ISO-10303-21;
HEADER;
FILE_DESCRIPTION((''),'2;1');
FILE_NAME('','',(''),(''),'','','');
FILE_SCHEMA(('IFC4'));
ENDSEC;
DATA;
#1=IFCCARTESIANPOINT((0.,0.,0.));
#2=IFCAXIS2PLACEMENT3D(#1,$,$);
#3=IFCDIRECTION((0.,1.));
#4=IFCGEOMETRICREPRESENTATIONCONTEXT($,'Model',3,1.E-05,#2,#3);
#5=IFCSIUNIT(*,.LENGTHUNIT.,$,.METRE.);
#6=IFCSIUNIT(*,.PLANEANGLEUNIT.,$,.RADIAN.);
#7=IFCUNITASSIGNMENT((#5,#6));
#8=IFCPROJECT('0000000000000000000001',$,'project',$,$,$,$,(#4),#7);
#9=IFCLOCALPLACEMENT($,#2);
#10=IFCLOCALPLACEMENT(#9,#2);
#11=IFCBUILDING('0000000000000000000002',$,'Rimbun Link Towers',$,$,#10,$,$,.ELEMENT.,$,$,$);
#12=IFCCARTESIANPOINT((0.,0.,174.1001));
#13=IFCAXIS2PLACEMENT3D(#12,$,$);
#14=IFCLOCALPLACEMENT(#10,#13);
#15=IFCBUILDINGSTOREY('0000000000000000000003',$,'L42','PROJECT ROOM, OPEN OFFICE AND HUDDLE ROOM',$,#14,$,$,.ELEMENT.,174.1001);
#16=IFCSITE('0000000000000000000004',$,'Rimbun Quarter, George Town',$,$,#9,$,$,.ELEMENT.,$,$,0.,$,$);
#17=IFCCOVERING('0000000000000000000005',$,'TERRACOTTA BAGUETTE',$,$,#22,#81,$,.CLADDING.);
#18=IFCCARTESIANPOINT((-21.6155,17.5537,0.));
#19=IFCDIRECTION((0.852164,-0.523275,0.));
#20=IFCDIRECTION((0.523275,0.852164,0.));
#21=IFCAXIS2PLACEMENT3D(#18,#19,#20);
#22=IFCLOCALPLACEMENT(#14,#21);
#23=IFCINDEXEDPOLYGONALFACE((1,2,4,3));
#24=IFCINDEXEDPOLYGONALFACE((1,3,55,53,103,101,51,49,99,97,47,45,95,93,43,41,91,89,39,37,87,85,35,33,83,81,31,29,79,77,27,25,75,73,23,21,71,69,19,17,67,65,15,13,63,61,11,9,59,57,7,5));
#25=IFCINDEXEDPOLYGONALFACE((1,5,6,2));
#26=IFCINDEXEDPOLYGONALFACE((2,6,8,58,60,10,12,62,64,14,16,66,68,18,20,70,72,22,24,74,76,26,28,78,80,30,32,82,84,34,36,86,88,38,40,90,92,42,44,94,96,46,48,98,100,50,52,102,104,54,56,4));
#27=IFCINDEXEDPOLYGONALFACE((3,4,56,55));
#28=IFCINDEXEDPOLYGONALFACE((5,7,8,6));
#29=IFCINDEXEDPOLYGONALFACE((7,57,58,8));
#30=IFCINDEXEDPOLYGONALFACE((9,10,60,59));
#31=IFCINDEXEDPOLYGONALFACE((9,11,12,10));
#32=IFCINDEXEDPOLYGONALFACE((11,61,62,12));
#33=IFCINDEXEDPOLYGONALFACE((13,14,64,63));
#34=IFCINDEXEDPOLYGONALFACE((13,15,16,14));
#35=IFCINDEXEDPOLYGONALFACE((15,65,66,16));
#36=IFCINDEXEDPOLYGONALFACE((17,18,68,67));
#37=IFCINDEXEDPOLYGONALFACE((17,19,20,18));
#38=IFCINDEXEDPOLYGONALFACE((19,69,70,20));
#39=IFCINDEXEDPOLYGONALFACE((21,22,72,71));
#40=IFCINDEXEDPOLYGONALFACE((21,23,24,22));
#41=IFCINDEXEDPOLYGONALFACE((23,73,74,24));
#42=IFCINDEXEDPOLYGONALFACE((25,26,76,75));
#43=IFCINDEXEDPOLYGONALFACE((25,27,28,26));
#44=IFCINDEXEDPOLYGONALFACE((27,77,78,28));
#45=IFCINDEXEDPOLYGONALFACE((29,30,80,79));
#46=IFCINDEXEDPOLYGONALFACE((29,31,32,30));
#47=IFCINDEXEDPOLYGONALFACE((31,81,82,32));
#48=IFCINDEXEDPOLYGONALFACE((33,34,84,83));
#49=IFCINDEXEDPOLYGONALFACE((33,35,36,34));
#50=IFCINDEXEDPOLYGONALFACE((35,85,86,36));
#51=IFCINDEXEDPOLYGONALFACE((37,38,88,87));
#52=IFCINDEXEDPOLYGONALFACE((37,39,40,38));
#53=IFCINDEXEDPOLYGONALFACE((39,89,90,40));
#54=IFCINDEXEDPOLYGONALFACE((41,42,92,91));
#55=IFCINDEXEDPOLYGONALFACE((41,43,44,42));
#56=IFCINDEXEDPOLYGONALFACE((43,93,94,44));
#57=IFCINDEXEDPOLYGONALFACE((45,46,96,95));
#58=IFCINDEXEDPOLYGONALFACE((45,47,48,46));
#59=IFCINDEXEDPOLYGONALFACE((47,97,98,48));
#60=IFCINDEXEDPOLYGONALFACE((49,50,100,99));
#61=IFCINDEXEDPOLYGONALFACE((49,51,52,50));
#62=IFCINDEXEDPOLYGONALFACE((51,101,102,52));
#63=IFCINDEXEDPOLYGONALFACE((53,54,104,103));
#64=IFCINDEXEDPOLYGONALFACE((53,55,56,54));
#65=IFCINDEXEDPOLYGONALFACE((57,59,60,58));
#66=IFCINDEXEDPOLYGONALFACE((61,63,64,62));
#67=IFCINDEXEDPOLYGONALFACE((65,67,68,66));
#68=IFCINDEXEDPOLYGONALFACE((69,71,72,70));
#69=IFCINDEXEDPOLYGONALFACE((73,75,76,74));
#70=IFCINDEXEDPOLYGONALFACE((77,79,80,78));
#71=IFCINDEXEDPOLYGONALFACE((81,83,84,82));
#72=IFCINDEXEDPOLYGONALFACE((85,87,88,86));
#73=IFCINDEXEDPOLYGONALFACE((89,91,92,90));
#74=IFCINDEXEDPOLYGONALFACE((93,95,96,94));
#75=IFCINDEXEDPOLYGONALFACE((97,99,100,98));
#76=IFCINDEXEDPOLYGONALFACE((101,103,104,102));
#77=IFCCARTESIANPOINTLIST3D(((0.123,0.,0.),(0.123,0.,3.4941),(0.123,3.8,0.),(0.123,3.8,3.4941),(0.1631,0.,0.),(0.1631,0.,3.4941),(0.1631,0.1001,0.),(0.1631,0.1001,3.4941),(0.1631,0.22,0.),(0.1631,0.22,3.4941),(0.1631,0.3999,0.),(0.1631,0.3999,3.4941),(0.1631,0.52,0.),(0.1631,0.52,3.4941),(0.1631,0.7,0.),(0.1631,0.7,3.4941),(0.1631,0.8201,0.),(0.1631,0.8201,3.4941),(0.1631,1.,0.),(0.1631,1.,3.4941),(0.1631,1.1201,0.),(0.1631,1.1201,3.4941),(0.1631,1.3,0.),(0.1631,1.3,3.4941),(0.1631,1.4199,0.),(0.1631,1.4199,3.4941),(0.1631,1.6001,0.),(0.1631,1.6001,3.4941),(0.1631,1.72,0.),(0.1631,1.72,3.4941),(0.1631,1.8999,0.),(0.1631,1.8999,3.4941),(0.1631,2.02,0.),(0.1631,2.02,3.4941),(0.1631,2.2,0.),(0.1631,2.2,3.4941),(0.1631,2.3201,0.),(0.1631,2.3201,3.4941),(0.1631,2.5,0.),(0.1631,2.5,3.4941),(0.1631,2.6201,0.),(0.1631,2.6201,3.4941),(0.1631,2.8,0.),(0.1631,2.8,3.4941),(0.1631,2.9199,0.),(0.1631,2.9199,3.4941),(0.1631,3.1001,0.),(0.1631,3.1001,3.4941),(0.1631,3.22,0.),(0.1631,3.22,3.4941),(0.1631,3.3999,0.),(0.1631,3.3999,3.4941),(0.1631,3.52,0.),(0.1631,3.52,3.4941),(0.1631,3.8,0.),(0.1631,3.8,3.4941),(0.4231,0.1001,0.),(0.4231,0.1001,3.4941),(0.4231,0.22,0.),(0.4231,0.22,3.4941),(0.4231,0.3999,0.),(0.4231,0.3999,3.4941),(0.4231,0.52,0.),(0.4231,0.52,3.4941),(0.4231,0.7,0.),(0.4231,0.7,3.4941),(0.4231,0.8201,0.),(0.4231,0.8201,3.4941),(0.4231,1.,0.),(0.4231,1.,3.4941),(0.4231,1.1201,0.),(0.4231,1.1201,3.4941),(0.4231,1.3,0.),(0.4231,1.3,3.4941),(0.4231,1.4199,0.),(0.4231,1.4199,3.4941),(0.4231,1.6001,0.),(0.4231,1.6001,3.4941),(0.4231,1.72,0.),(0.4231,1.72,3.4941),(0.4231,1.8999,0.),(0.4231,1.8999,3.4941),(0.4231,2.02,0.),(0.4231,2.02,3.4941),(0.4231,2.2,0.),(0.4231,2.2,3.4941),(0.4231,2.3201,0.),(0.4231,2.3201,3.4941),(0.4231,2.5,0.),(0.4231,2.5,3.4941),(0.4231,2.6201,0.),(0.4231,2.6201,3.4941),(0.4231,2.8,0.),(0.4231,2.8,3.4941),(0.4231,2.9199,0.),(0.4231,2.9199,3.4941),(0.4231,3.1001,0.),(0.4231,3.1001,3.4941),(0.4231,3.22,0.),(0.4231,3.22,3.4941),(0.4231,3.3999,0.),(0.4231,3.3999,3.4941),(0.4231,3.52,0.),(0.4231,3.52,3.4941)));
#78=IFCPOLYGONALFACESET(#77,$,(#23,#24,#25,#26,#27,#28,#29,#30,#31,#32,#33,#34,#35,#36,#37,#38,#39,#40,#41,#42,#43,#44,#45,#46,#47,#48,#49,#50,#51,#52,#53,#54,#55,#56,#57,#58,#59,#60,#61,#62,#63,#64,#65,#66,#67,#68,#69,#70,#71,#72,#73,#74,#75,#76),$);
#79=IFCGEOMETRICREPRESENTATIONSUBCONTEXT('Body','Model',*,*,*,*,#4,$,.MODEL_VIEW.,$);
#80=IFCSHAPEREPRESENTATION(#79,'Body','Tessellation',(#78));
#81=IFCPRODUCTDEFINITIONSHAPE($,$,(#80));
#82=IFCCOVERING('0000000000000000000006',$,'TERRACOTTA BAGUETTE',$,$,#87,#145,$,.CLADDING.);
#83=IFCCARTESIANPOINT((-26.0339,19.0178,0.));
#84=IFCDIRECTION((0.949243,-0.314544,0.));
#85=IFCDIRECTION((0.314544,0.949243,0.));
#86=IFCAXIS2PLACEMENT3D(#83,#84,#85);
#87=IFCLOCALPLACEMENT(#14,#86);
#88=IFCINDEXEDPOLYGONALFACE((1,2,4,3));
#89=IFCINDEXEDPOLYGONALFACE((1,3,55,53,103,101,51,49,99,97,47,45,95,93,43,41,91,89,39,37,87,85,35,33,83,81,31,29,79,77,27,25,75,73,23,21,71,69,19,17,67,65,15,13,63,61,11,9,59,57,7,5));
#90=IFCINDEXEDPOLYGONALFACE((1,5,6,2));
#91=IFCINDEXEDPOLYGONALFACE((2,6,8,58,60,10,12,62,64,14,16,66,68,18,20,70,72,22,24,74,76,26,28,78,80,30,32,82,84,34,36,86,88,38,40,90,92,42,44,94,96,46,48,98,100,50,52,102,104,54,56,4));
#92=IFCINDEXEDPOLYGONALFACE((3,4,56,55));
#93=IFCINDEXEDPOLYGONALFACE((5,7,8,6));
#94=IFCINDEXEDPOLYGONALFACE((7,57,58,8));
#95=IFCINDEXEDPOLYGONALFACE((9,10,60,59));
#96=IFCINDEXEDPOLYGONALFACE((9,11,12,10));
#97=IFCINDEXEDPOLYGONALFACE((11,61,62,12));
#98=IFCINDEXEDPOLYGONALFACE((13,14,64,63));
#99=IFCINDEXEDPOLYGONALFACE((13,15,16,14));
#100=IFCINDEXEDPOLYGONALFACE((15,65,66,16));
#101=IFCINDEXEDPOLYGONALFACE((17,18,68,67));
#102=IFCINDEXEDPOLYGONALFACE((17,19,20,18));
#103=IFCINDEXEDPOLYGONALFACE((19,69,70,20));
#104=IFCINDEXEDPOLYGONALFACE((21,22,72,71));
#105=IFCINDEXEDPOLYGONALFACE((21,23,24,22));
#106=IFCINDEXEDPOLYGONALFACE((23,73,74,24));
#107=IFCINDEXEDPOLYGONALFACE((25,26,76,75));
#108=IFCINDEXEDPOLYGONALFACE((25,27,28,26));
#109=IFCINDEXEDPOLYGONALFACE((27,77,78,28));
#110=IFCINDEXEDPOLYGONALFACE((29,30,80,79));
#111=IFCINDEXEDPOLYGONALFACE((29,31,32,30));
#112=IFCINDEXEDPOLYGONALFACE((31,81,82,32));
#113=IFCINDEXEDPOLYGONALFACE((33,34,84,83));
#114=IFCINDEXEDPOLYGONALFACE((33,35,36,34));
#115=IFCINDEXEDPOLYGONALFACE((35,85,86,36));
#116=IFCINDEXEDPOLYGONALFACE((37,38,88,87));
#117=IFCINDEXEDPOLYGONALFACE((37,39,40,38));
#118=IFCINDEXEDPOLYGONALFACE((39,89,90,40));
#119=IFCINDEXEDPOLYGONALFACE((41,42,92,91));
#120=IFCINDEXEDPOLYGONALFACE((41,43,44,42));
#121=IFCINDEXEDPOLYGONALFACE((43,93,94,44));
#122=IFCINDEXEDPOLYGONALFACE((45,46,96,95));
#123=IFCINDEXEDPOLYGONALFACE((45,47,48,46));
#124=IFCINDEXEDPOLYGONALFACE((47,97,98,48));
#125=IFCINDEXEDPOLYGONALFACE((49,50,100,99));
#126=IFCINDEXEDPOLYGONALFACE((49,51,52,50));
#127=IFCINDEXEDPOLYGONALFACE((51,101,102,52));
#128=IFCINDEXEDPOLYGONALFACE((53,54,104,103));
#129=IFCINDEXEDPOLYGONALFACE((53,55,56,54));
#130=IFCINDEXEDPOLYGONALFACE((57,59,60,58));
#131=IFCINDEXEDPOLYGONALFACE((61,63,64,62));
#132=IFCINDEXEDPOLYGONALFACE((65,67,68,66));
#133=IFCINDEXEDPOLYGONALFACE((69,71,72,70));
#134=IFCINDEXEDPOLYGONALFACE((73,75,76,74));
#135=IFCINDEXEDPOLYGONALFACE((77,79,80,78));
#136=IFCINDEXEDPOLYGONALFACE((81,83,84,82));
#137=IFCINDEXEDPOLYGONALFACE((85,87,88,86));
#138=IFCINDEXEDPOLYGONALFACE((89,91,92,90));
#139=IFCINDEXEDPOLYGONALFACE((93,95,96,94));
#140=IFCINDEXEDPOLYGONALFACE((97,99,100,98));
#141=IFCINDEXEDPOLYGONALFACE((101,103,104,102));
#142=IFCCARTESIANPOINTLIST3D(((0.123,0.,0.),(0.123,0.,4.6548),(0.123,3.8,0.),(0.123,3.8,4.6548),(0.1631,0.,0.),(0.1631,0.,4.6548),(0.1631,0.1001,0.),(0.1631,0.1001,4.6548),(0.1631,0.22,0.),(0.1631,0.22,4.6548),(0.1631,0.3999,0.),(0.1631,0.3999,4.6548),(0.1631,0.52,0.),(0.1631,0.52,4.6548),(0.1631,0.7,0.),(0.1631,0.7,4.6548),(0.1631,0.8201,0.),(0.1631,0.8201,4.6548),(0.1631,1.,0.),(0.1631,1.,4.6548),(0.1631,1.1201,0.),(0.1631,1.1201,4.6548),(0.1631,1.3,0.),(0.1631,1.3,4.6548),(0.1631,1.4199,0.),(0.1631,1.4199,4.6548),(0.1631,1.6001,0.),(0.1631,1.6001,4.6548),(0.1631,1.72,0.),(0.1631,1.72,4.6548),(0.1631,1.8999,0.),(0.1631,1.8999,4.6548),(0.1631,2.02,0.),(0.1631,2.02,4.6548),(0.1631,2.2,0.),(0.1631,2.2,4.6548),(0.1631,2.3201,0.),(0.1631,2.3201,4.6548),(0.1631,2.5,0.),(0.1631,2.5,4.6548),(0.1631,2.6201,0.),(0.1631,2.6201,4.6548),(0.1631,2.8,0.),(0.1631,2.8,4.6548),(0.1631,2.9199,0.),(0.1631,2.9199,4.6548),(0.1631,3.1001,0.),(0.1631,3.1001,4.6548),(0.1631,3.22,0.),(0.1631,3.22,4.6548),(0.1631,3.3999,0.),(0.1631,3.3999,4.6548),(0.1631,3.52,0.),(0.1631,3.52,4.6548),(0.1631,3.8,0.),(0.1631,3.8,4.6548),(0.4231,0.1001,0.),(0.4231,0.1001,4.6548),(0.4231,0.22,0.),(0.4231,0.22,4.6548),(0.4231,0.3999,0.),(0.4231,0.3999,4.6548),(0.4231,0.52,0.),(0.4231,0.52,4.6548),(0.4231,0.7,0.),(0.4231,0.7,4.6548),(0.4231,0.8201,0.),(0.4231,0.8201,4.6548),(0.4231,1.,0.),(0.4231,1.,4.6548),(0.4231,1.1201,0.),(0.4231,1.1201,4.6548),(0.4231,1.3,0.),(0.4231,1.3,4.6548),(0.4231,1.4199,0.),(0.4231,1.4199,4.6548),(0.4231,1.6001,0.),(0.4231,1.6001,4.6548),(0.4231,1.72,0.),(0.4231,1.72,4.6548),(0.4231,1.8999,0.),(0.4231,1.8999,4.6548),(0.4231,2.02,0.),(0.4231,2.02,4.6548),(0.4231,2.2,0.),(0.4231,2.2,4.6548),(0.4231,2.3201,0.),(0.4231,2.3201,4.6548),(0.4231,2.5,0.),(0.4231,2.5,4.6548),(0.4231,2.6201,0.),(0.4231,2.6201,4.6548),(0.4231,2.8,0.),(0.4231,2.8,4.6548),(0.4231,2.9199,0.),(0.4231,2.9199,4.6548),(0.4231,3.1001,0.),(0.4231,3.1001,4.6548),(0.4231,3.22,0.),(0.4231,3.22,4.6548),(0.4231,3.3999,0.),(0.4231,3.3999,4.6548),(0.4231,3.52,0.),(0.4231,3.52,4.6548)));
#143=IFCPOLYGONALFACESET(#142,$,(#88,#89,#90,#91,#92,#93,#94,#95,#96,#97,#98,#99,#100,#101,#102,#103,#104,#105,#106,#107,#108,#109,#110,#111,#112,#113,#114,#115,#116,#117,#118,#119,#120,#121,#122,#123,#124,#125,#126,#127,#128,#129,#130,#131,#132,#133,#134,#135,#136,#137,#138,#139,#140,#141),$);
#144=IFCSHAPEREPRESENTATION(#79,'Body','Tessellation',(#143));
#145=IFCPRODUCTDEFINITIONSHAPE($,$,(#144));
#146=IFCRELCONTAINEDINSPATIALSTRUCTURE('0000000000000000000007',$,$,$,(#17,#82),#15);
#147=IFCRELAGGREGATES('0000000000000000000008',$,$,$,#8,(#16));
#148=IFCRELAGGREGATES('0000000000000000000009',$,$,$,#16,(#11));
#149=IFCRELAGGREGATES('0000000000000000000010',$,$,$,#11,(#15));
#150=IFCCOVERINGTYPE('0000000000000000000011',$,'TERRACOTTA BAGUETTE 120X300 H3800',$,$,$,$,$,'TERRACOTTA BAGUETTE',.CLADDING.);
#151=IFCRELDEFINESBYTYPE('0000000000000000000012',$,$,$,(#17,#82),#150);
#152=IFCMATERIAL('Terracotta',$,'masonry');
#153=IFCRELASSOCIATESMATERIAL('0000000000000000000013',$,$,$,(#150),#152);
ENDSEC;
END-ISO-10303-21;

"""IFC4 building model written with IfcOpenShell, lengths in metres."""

from ifc_helpers import new_model, si_unit, direction, frame, origin, place, context, subcontext, project, spatial, polyline, outline, extrude, material, material_profile, profile_set, type_object, element, save


model = new_model("IFC4")

# Units and contexts
model_context = context("Model", 3, precision=1e-05, world=origin(), true_north=direction((0.0, 1.0)))
body_context = subcontext(model_context, "Body", "Model", "MODEL_VIEW")
ifc_project = project(units=[si_unit("LENGTHUNIT", "METRE"), si_unit("PLANEANGLEUNIT", "RADIAN")], contexts=[model_context])

# Site, building, storey
site_placement = place(None, origin())
site = spatial("IfcSite", under=ifc_project, at=site_placement, Name="Rimbun Quarter, George Town", CompositionType="ELEMENT", RefElevation=0.0)
building_placement = place(site_placement, origin())
building = spatial("IfcBuilding", under=site, at=building_placement, Name="Rimbun Link Towers", CompositionType="ELEMENT")
storey_placement = place(building_placement, frame((0.0, 0.0, 174.1001)))
storey = spatial("IfcBuildingStorey", under=building, at=storey_placement, Name="L42", Description="PROJECT ROOM, OPEN OFFICE AND HUDDLE ROOM", CompositionType="ELEMENT", Elevation=174.1001)

# Coverings
ifc_material_1 = material(Name="Terracotta", Category="masonry")
ifc_material_profile_1 = material_profile(ifc_material_1, outline(polyline([(0.123, 0.0), (0.1631, 0.0), (0.1631, 0.1001), (0.4231, 0.1001), (0.4231, 0.22), (0.1631, 0.22), (0.1631, 0.3999), (0.4231, 0.3999), (0.4231, 0.52), (0.1631, 0.52), (0.1631, 0.7), (0.4231, 0.7), (0.4231, 0.8201), (0.1631, 0.8201), (0.1631, 1.0), (0.4231, 1.0), (0.4231, 1.1201), (0.1631, 1.1201), (0.1631, 1.3), (0.4231, 1.3), (0.4231, 1.4199), (0.1631, 1.4199), (0.1631, 1.6001), (0.4231, 1.6001), (0.4231, 1.72), (0.1631, 1.72), (0.1631, 1.8999), (0.4231, 1.8999), (0.4231, 2.02), (0.1631, 2.02), (0.1631, 2.2), (0.4231, 2.2), (0.4231, 2.3201), (0.1631, 2.3201), (0.1631, 2.5), (0.4231, 2.5), (0.4231, 2.6201), (0.1631, 2.6201), (0.1631, 2.8), (0.4231, 2.8), (0.4231, 2.9199), (0.1631, 2.9199), (0.1631, 3.1001), (0.4231, 3.1001), (0.4231, 3.22), (0.1631, 3.22), (0.1631, 3.3999), (0.4231, 3.3999), (0.4231, 3.52), (0.1631, 3.52), (0.1631, 3.8), (0.123, 3.8), (0.123, 0.0)])), Name="BAGUETTE 120X300")
ifc_profile_set_1 = profile_set([ifc_material_profile_1], Name="Terracotta")
covering_type = type_object("IfcCoveringType", Name="TERRACOTTA BAGUETTE 120X300 H3800", ElementType="TERRACOTTA BAGUETTE", PredefinedType="CLADDING", material=ifc_profile_set_1)
covering_1_placement = place(storey_placement, frame((-21.6155, 17.5537, 0.0), z_axis=(0.852164, -0.523275, 0.0), x_axis=(0.523275, 0.852164, 0.0)))
element("IfcCovering", 1, at=covering_1_placement, inside=storey, type_object=covering_type, Name="TERRACOTTA BAGUETTE", PredefinedType="CLADDING", context=body_context, shape_type="SweptSolid", body=[
    extrude(outline(polyline([(0.123, 0.0), (0.1631, 0.0), (0.1631, 0.1001), (0.4231, 0.1001), (0.4231, 0.22), (0.1631, 0.22), (0.1631, 0.3999), (0.4231, 0.3999), (0.4231, 0.52), (0.1631, 0.52), (0.1631, 0.7), (0.4231, 0.7), (0.4231, 0.8201), (0.1631, 0.8201), (0.1631, 1.0), (0.4231, 1.0), (0.4231, 1.1201), (0.1631, 1.1201), (0.1631, 1.3), (0.4231, 1.3), (0.4231, 1.4199), (0.1631, 1.4199), (0.1631, 1.6001), (0.4231, 1.6001), (0.4231, 1.72), (0.1631, 1.72), (0.1631, 1.8999), (0.4231, 1.8999), (0.4231, 2.02), (0.1631, 2.02), (0.1631, 2.2), (0.4231, 2.2), (0.4231, 2.3201), (0.1631, 2.3201), (0.1631, 2.5), (0.4231, 2.5), (0.4231, 2.6201), (0.1631, 2.6201), (0.1631, 2.8), (0.4231, 2.8), (0.4231, 2.9199), (0.1631, 2.9199), (0.1631, 3.1001), (0.4231, 3.1001), (0.4231, 3.22), (0.1631, 3.22), (0.1631, 3.3999), (0.4231, 3.3999), (0.4231, 3.52), (0.1631, 3.52), (0.1631, 3.8), (0.123, 3.8), (0.123, 0.0)])), origin(), (0.0, 0.0, 1.0), 3.4941),
])
covering_2_placement = place(storey_placement, frame((-26.0339, 19.0178, 0.0), z_axis=(0.949243, -0.314544, 0.0), x_axis=(0.314544, 0.949243, 0.0)))
element("IfcCovering", 2, at=covering_2_placement, inside=storey, type_object=covering_type, Name="TERRACOTTA BAGUETTE", PredefinedType="CLADDING", context=body_context, shape_type="SweptSolid", body=[
    extrude(outline(polyline([(0.123, 0.0), (0.1631, 0.0), (0.1631, 0.1001), (0.4231, 0.1001), (0.4231, 0.22), (0.1631, 0.22), (0.1631, 0.3999), (0.4231, 0.3999), (0.4231, 0.52), (0.1631, 0.52), (0.1631, 0.7), (0.4231, 0.7), (0.4231, 0.8201), (0.1631, 0.8201), (0.1631, 1.0), (0.4231, 1.0), (0.4231, 1.1201), (0.1631, 1.1201), (0.1631, 1.3), (0.4231, 1.3), (0.4231, 1.4199), (0.1631, 1.4199), (0.1631, 1.6001), (0.4231, 1.6001), (0.4231, 1.72), (0.1631, 1.72), (0.1631, 1.8999), (0.4231, 1.8999), (0.4231, 2.02), (0.1631, 2.02), (0.1631, 2.2), (0.4231, 2.2), (0.4231, 2.3201), (0.1631, 2.3201), (0.1631, 2.5), (0.4231, 2.5), (0.4231, 2.6201), (0.1631, 2.6201), (0.1631, 2.8), (0.4231, 2.8), (0.4231, 2.9199), (0.1631, 2.9199), (0.1631, 3.1001), (0.4231, 3.1001), (0.4231, 3.22), (0.1631, 3.22), (0.1631, 3.3999), (0.4231, 3.3999), (0.4231, 3.52), (0.1631, 3.52), (0.1631, 3.8), (0.123, 3.8), (0.123, 0.0)])), origin(), (0.0, 0.0, 1.0), 4.6548),
])

save(model, "model.ifc")
